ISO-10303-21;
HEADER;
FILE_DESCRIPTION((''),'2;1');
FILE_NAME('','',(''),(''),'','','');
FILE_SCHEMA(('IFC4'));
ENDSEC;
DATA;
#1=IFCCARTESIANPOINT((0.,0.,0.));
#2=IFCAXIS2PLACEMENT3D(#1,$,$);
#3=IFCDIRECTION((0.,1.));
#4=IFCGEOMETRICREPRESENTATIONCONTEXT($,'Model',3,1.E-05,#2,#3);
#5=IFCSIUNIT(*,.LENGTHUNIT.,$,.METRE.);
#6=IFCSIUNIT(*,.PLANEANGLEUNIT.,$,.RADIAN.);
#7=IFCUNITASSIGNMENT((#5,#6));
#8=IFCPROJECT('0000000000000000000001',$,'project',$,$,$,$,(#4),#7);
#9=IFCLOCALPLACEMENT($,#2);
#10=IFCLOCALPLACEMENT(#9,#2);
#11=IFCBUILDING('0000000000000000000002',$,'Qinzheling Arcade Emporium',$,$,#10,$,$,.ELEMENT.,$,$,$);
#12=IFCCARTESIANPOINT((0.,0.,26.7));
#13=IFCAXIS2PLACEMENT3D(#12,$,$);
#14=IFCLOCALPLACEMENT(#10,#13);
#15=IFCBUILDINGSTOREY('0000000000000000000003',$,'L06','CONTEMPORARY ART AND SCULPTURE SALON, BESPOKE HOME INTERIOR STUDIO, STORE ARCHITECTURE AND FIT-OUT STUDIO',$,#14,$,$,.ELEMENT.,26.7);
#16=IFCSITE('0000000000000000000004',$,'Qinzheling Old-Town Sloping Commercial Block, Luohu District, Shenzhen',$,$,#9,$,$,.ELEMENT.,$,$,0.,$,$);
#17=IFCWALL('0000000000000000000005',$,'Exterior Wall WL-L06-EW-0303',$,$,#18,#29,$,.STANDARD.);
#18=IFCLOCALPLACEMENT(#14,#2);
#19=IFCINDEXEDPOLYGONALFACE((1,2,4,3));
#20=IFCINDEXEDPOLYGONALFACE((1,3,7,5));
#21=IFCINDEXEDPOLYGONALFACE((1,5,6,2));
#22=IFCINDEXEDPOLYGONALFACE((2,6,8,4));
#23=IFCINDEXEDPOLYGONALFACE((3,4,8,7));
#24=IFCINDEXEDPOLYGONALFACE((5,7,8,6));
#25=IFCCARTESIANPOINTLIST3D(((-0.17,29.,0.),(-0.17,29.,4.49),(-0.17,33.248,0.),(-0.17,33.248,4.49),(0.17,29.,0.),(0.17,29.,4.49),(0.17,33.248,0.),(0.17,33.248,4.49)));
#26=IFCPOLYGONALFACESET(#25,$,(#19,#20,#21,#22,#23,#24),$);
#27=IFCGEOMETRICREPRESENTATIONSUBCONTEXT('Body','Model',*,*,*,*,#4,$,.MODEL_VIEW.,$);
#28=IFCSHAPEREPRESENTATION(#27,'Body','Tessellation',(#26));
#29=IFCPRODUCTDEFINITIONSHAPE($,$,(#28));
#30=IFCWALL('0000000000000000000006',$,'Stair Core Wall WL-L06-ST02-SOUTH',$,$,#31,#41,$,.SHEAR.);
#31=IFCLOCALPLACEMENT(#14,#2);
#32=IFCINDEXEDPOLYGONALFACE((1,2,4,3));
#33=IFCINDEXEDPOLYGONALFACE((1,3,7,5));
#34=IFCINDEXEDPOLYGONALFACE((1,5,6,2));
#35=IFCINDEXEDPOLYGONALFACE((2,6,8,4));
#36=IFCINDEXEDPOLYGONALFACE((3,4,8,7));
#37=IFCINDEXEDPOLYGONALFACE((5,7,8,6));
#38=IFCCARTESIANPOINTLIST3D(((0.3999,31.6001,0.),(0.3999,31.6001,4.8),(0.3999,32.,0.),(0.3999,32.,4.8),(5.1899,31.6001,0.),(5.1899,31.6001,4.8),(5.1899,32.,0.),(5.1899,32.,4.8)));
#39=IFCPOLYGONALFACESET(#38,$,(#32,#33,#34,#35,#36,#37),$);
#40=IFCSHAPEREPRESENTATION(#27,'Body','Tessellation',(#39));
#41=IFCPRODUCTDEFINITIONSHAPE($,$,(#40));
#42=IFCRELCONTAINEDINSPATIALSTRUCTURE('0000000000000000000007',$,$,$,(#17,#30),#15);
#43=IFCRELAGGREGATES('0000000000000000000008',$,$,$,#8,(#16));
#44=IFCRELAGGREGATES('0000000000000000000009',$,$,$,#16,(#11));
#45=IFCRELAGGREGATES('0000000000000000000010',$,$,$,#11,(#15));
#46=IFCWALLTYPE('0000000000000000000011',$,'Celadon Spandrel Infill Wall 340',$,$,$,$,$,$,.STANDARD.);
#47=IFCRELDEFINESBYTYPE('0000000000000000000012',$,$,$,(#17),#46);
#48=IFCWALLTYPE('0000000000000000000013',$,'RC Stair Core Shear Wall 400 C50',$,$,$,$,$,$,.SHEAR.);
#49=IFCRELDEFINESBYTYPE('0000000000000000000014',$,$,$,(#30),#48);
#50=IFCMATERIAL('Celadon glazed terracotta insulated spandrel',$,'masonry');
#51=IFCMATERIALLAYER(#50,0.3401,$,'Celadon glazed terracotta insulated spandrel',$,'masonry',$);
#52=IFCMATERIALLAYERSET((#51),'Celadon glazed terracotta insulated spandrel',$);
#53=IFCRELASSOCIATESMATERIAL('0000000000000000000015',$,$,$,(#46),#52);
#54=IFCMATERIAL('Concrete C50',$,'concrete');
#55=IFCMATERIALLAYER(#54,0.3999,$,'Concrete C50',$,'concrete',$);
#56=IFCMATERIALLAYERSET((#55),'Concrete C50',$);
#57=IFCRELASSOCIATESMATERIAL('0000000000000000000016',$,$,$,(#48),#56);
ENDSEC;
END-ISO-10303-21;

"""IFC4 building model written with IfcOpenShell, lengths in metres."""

from ifc_helpers import new_model, si_unit, direction, frame, frame_2d, origin, place, context, subcontext, project, spatial, rectangle, extrude, material, layer, layer_set, type_object, element, save


model = new_model("IFC4")

# Units and contexts
model_context = context("Model", 3, precision=1e-05, world=origin(), true_north=direction((0.0, 1.0)))
body_context = subcontext(model_context, "Body", "Model", "MODEL_VIEW")
ifc_project = project(units=[si_unit("LENGTHUNIT", "METRE"), si_unit("PLANEANGLEUNIT", "RADIAN")], contexts=[model_context])

# Site, building, storey
site_placement = place(None, origin())
site = spatial("IfcSite", under=ifc_project, at=site_placement, Name="Qinzheling Old-Town Sloping Commercial Block, Luohu District, Shenzhen", CompositionType="ELEMENT", RefElevation=0.0)
building_placement = place(site_placement, origin())
building = spatial("IfcBuilding", under=site, at=building_placement, Name="Qinzheling Arcade Emporium", CompositionType="ELEMENT")
storey_placement = place(building_placement, frame((0.0, 0.0, 26.7)))
storey = spatial("IfcBuildingStorey", under=building, at=storey_placement, Name="L06", Description="CONTEMPORARY ART AND SCULPTURE SALON, BESPOKE HOME INTERIOR STUDIO, STORE ARCHITECTURE AND FIT-OUT STUDIO", CompositionType="ELEMENT", Elevation=26.7)

# Walls
ifc_material_1 = material(Name="Celadon glazed terracotta insulated spandrel", Category="masonry")
ifc_layer_1 = layer(ifc_material_1, 0.3401, Name="Celadon glazed terracotta insulated spandrel", Category="masonry")
ifc_layer_set_1 = layer_set([ifc_layer_1], Name="Celadon glazed terracotta insulated spandrel")
wall_type_1 = type_object("IfcWallType", Name="Celadon Spandrel Infill Wall 340", PredefinedType="STANDARD", material=ifc_layer_set_1)
wall_1_placement = place(storey_placement, frame((0.0, 29.0, 0.0), z_axis=(0.0, 0.0, 1.0), x_axis=(0.0, 1.0, 0.0)))
element("IfcWall", 1, at=wall_1_placement, inside=storey, type_object=wall_type_1, Name="Exterior Wall WL-L06-EW-0303", PredefinedType="STANDARD", context=body_context, shape_type="SweptSolid", body=[
    extrude(rectangle(XDim=4.248, YDim=0.3401, at=frame_2d((2.124, 0.0))), origin(), (0.0, 0.0, 1.0), 4.49),
])
ifc_material_2 = material(Name="Concrete C50", Category="concrete")
ifc_layer_2 = layer(ifc_material_2, 0.3999, Name="Concrete C50", Category="concrete")
ifc_layer_set_2 = layer_set([ifc_layer_2], Name="Concrete C50")
wall_type_2 = type_object("IfcWallType", Name="RC Stair Core Shear Wall 400 C50", PredefinedType="SHEAR", material=ifc_layer_set_2)
wall_2_placement = place(storey_placement, frame((5.1899, 31.8, 0.0), z_axis=(0.0, 0.0, 1.0), x_axis=(-1.0, 0.0, 0.0)))
element("IfcWall", 2, at=wall_2_placement, inside=storey, type_object=wall_type_2, Name="Stair Core Wall WL-L06-ST02-SOUTH", PredefinedType="SHEAR", context=body_context, shape_type="SweptSolid", body=[
    extrude(rectangle(XDim=4.79, YDim=0.3999, at=frame_2d((2.395, 0.0))), origin(), (0.0, 0.0, 1.0), 4.8),
])

save(model, "model.ifc")
